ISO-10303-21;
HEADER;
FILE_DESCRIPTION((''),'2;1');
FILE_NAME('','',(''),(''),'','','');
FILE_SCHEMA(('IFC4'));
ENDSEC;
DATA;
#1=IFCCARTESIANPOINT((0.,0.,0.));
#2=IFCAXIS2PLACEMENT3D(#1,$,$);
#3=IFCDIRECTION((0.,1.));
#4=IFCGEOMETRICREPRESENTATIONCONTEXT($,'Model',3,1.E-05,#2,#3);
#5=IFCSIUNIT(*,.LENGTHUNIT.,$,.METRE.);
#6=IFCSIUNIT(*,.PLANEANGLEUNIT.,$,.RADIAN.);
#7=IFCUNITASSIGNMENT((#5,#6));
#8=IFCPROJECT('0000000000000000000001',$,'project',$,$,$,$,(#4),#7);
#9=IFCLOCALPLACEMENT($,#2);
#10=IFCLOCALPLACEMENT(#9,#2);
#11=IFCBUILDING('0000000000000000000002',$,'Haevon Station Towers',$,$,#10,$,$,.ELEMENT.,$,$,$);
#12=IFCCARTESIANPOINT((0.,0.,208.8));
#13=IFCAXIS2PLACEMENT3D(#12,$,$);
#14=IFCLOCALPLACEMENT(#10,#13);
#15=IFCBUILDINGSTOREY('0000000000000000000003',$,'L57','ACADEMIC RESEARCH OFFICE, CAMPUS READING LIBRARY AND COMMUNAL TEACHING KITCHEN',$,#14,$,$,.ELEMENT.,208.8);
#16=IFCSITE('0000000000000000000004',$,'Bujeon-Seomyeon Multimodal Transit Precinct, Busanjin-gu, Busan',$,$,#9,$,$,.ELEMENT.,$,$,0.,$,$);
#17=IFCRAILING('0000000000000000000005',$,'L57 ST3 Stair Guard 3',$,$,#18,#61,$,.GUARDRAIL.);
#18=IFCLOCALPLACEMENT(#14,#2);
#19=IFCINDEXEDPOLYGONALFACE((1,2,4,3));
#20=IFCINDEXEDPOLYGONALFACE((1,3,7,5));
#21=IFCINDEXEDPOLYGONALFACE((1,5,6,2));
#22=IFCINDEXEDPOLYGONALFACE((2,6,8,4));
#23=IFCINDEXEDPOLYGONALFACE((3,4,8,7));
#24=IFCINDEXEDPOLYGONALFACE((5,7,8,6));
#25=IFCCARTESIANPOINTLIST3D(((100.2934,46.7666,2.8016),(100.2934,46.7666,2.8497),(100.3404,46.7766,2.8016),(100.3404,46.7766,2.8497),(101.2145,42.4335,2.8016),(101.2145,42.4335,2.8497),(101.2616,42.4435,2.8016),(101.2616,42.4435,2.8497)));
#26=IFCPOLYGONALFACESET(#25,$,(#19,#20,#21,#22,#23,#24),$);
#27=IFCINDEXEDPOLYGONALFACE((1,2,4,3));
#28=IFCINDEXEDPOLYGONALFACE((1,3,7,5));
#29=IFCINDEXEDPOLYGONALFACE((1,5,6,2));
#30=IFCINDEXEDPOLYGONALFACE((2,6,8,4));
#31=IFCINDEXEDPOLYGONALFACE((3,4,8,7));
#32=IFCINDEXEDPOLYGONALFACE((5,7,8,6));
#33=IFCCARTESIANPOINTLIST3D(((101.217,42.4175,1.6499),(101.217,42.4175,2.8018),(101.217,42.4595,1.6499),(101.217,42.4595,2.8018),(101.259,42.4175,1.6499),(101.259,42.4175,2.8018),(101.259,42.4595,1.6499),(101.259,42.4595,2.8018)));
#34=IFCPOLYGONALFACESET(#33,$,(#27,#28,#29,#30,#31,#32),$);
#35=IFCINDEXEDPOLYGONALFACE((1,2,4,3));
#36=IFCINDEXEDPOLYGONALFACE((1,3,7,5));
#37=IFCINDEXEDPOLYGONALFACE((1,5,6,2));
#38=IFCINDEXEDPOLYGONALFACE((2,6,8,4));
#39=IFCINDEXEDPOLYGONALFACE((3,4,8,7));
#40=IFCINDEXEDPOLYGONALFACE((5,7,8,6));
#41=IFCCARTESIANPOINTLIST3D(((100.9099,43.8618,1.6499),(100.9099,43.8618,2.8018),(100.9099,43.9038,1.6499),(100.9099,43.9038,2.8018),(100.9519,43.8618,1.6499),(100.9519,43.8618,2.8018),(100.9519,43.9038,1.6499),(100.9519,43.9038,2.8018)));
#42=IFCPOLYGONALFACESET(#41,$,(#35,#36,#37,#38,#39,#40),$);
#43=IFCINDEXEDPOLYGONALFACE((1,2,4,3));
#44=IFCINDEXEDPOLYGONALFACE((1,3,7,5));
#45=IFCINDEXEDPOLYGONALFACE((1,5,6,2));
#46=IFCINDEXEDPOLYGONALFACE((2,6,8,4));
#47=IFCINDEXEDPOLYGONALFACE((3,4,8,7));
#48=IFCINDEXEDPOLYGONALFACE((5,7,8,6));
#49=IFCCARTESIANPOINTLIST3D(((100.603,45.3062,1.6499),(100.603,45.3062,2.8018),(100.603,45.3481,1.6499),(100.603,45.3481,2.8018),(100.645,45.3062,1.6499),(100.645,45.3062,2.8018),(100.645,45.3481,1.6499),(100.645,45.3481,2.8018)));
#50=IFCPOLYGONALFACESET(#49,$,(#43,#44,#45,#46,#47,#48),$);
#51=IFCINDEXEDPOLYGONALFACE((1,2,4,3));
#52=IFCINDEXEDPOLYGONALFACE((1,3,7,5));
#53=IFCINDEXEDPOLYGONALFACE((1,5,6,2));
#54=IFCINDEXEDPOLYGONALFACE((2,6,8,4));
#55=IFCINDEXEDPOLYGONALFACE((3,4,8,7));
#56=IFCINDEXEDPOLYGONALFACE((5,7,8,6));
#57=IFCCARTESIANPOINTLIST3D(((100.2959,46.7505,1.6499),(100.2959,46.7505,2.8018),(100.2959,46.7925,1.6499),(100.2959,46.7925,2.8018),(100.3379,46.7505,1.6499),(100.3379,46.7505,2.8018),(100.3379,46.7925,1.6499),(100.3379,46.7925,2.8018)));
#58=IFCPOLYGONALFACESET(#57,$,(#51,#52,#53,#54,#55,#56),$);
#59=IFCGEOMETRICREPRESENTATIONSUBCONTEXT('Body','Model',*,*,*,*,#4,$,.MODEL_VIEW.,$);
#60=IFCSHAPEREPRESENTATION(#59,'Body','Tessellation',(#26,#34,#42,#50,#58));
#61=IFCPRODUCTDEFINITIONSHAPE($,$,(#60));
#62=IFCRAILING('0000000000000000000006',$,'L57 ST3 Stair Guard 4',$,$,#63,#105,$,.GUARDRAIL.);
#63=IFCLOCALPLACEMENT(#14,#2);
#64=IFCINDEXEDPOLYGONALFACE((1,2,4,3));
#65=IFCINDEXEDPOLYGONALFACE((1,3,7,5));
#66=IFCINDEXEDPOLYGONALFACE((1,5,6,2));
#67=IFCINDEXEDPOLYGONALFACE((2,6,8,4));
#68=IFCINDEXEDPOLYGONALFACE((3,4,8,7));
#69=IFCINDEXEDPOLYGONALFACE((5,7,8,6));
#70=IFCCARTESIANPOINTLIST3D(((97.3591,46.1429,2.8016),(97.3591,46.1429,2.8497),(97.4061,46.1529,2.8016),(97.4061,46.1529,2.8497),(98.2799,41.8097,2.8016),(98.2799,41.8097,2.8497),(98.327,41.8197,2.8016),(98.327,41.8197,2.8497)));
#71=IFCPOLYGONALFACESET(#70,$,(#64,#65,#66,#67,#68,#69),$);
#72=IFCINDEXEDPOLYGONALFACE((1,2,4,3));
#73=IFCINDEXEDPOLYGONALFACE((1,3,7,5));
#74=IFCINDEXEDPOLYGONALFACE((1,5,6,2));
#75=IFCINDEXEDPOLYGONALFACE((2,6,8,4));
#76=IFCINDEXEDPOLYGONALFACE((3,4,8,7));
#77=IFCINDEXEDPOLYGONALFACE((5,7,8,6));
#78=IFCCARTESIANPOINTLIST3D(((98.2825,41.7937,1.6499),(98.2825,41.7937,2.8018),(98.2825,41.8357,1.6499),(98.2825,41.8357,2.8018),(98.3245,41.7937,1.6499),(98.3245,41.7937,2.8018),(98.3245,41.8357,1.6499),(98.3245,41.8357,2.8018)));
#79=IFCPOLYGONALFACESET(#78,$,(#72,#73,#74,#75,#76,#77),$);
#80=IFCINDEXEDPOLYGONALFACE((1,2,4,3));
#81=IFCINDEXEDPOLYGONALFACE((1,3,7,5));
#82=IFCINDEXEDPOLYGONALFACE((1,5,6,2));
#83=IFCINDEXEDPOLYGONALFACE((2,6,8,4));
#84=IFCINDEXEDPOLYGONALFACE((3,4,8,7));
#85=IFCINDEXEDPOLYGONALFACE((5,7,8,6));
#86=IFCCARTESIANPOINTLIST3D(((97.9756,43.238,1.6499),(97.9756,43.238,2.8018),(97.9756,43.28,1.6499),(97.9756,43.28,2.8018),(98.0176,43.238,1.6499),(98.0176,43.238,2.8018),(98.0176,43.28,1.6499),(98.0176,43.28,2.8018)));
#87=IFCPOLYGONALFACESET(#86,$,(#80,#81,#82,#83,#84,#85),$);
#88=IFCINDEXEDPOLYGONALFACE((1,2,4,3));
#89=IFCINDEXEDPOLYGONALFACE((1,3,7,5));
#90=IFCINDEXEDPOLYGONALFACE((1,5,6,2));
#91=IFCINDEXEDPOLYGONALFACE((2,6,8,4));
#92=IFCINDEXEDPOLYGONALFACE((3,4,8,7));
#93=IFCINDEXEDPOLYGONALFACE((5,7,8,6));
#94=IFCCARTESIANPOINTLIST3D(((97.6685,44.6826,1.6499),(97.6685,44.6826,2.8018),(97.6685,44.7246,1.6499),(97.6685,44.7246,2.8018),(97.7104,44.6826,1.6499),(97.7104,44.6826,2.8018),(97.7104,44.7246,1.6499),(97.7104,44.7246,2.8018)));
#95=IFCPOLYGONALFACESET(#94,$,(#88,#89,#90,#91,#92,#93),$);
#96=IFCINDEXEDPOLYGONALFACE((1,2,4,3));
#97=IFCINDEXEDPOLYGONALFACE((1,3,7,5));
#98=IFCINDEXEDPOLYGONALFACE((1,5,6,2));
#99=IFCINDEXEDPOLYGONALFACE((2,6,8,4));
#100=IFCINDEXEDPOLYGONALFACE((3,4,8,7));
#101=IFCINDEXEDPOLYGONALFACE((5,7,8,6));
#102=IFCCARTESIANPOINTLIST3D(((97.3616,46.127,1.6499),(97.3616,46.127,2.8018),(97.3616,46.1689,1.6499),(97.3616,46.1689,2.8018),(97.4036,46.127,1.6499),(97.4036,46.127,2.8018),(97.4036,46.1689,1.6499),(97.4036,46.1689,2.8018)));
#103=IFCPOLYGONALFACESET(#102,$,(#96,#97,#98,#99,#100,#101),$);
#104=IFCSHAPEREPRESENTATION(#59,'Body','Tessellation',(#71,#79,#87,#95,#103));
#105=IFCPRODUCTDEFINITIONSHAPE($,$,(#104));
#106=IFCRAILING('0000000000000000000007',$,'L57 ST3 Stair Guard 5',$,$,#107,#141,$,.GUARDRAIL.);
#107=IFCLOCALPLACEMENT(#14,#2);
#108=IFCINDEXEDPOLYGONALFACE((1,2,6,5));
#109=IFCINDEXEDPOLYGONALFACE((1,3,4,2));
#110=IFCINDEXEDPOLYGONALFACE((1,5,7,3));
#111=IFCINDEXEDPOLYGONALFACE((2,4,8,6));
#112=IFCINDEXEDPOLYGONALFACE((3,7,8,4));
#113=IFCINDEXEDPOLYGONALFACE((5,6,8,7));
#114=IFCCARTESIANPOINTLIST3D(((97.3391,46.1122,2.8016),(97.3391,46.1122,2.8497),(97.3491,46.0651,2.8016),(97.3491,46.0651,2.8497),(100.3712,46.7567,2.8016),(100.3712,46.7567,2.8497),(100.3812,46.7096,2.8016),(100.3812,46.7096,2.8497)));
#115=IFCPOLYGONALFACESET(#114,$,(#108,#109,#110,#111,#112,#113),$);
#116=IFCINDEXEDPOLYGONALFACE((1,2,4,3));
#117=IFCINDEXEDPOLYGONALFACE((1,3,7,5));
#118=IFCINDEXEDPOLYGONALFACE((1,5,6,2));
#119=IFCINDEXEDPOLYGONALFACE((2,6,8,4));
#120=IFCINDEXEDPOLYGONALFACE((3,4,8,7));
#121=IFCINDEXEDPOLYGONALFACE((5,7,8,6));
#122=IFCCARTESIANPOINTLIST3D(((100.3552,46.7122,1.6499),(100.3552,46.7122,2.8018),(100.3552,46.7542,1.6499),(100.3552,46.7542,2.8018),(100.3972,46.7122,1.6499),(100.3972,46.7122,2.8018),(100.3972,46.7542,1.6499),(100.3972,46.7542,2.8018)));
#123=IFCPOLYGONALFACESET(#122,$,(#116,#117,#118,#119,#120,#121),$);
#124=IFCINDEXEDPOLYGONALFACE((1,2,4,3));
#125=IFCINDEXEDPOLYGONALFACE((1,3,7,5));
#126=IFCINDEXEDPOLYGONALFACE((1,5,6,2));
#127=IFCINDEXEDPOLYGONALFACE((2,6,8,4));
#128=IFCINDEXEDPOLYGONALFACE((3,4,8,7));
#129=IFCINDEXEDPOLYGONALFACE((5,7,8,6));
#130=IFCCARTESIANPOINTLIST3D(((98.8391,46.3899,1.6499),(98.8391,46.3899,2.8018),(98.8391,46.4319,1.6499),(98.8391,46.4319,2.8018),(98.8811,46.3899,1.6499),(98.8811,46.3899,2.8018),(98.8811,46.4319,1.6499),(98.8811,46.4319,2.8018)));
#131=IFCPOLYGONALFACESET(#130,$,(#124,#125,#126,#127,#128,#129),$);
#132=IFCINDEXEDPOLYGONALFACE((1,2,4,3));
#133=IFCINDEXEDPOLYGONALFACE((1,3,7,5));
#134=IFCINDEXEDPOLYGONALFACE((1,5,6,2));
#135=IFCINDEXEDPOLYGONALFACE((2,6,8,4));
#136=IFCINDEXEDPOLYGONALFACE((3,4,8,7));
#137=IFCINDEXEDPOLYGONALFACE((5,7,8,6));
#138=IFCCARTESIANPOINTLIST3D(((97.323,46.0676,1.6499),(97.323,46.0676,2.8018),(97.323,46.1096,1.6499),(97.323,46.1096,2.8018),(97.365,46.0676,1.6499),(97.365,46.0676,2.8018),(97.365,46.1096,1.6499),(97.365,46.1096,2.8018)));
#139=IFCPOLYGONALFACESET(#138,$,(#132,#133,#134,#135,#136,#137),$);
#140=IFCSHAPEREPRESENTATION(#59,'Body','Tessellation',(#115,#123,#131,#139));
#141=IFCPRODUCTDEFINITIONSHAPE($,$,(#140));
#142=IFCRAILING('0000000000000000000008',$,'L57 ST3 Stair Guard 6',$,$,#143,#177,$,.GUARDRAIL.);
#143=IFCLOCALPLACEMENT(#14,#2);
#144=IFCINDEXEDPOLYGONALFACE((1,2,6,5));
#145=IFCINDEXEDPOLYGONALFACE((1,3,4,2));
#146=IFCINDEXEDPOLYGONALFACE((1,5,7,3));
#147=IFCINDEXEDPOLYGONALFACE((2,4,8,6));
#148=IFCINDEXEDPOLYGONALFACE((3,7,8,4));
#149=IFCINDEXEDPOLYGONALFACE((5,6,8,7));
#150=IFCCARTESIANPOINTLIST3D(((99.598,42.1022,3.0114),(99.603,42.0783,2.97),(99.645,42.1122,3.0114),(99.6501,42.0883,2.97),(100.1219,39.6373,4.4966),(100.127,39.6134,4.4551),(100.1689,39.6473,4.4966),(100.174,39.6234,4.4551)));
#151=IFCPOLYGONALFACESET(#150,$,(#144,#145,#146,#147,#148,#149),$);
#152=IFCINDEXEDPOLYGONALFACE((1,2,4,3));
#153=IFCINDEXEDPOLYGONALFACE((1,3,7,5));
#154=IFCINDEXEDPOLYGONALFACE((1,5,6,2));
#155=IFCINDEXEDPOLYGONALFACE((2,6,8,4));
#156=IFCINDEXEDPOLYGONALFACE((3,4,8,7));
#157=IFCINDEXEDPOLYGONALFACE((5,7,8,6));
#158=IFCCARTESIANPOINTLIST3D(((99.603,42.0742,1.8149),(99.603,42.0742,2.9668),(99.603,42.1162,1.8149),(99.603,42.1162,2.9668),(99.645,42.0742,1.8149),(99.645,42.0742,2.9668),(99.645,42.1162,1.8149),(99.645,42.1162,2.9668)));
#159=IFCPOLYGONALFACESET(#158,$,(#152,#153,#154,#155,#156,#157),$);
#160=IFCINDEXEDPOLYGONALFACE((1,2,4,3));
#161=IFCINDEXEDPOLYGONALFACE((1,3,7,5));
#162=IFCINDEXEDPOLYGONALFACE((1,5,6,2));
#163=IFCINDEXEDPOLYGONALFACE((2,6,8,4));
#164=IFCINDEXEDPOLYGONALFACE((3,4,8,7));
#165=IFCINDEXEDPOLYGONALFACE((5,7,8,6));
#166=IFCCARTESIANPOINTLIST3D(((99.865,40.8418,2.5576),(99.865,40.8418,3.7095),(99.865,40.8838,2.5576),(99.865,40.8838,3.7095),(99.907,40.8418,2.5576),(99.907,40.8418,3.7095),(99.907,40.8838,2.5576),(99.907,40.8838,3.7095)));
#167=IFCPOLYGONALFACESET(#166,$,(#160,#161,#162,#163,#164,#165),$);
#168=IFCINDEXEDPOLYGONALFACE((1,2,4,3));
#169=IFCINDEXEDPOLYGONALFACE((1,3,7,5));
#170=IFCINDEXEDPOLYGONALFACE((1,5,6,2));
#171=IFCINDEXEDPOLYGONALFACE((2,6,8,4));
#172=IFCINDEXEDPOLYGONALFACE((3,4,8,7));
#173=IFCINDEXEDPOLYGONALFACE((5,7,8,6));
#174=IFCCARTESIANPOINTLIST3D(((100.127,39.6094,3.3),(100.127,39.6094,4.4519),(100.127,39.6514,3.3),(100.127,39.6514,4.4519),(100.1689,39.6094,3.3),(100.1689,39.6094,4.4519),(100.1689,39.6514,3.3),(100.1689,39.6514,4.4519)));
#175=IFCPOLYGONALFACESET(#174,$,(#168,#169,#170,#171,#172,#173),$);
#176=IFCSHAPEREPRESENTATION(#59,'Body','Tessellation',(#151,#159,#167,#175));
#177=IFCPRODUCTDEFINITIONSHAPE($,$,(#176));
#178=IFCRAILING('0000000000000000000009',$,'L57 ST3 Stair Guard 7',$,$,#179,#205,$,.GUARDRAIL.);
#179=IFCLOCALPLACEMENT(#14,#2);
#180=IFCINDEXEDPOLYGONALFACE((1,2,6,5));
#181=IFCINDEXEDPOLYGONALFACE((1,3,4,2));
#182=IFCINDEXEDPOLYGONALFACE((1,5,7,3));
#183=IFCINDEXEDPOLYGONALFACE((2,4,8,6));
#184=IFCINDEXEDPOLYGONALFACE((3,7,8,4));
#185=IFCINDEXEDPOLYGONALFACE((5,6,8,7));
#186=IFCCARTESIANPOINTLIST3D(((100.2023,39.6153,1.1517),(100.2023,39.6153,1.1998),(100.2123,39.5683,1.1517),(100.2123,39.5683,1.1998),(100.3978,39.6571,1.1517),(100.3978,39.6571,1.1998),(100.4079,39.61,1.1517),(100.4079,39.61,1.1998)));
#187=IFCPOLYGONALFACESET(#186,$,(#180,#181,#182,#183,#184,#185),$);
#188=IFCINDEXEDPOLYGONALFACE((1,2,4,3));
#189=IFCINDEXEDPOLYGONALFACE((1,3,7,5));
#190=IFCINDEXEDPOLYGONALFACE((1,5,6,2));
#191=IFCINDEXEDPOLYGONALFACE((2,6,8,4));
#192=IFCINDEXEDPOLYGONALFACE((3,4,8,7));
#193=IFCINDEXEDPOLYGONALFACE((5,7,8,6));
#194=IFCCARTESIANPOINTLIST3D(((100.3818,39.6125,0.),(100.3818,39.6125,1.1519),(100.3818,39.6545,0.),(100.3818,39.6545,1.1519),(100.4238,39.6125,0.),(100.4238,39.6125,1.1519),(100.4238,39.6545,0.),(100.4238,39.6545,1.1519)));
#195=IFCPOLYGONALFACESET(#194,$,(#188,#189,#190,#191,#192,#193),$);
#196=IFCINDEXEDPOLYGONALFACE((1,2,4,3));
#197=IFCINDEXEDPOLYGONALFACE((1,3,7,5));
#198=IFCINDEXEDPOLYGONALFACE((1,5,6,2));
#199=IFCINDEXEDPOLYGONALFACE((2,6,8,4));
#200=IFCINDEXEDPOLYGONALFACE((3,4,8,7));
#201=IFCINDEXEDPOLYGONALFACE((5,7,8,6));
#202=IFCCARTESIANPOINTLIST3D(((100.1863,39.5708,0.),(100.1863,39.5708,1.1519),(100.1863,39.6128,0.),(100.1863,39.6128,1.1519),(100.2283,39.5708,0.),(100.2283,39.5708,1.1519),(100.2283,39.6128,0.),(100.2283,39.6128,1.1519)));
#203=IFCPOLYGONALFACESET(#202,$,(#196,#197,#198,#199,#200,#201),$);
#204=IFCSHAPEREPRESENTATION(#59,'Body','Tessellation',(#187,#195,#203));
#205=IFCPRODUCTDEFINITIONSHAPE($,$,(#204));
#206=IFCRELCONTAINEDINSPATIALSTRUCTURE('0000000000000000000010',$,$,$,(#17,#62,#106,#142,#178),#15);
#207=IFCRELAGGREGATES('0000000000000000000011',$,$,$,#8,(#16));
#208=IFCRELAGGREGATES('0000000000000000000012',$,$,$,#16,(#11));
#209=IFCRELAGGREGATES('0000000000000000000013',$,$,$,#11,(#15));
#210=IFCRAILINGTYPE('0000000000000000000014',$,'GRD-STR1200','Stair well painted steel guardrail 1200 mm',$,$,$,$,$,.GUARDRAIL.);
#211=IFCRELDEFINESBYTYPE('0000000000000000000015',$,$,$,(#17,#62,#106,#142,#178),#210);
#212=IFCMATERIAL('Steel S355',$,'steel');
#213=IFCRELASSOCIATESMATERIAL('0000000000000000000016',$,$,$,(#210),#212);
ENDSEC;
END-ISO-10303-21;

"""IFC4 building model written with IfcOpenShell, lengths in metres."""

from ifc_helpers import new_model, si_unit, direction, frame, origin, origin_2d, place, context, subcontext, project, spatial, rectangle, extrude, material, type_object, element, save


model = new_model("IFC4")

# Units and contexts
model_context = context("Model", 3, precision=1e-05, world=origin(), true_north=direction((0.0, 1.0)))
body_context = subcontext(model_context, "Body", "Model", "MODEL_VIEW")
ifc_project = project(units=[si_unit("LENGTHUNIT", "METRE"), si_unit("PLANEANGLEUNIT", "RADIAN")], contexts=[model_context])

# Site, building, storey
site_placement = place(None, origin())
site = spatial("IfcSite", under=ifc_project, at=site_placement, Name="Bujeon-Seomyeon Multimodal Transit Precinct, Busanjin-gu, Busan", CompositionType="ELEMENT", RefElevation=0.0)
building_placement = place(site_placement, origin())
building = spatial("IfcBuilding", under=site, at=building_placement, Name="Haevon Station Towers", CompositionType="ELEMENT")
storey_placement = place(building_placement, frame((0.0, 0.0, 208.8)))
storey = spatial("IfcBuildingStorey", under=building, at=storey_placement, Name="L57", Description="ACADEMIC RESEARCH OFFICE, CAMPUS READING LIBRARY AND COMMUNAL TEACHING KITCHEN", CompositionType="ELEMENT", Elevation=208.8)

# Shared definitions
ifc_material_1 = material(Name="Steel S355", Category="steel")

# Railings
railing_type_1 = type_object("IfcRailingType", Name="GRD-STR1200", Description="Stair well painted steel guardrail 1200 mm", PredefinedType="GUARDRAIL", material=ifc_material_1)
railing_1_placement = place(storey_placement, frame((101.238, 42.4385, 1.6499)))
element("IfcRailing", 1, at=railing_1_placement, inside=storey, type_object=railing_type_1, Name="L57 ST3 Stair Guard 3", PredefinedType="GUARDRAIL", context=body_context, shape_type="SweptSolid", body=[
    extrude(rectangle(XDim=0.0481, YDim=0.0481, at=origin_2d()), frame((0.0, 0.0, 1.1758), z_axis=(-0.20794, 0.978141, 0.0), x_axis=(-0.978141, -0.20794, 0.0)), (0.0, 0.0, 1.0), 4.4299),
    extrude(rectangle(XDim=0.042, YDim=0.042, at=origin_2d()), origin(), (0.0, 0.0, 1.0), 1.1519),
    extrude(rectangle(XDim=0.042, YDim=0.042, at=origin_2d()), frame((-0.3071, 1.4443, 0.0)), (0.0, 0.0, 1.0), 1.1519),
    extrude(rectangle(XDim=0.042, YDim=0.042, at=origin_2d()), frame((-0.614, 2.8887, 0.0)), (0.0, 0.0, 1.0), 1.1519),
    extrude(rectangle(XDim=0.042, YDim=0.042, at=origin_2d()), frame((-0.9211, 4.333, 0.0)), (0.0, 0.0, 1.0), 1.1519),
])
railing_2_placement = place(storey_placement, frame((98.3035, 41.8147, 1.6499)))
element("IfcRailing", 2, at=railing_2_placement, inside=storey, type_object=railing_type_1, Name="L57 ST3 Stair Guard 4", PredefinedType="GUARDRAIL", context=body_context, shape_type="SweptSolid", body=[
    extrude(rectangle(XDim=0.0481, YDim=0.0481, at=origin_2d()), frame((0.0, 0.0, 1.1758), z_axis=(-0.207877, 0.978155, 0.0), x_axis=(-0.978155, -0.207877, 0.0)), (0.0, 0.0, 1.0), 4.4299),
    extrude(rectangle(XDim=0.042, YDim=0.042, at=origin_2d()), origin(), (0.0, 0.0, 1.0), 1.1519),
    extrude(rectangle(XDim=0.042, YDim=0.042, at=origin_2d()), frame((-0.3069, 1.4443, 0.0)), (0.0, 0.0, 1.0), 1.1519),
    extrude(rectangle(XDim=0.042, YDim=0.042, at=origin_2d()), frame((-0.614, 2.8889, 0.0)), (0.0, 0.0, 1.0), 1.1519),
    extrude(rectangle(XDim=0.042, YDim=0.042, at=origin_2d()), frame((-0.9209, 4.3333, 0.0)), (0.0, 0.0, 1.0), 1.1519),
])
railing_3_placement = place(storey_placement, frame((100.3762, 46.7332, 1.6499)))
element("IfcRailing", 3, at=railing_3_placement, inside=storey, type_object=railing_type_1, Name="L57 ST3 Stair Guard 5", PredefinedType="GUARDRAIL", context=body_context, shape_type="SweptSolid", body=[
    extrude(rectangle(XDim=0.0481, YDim=0.0481, at=origin_2d()), frame((0.0, 0.0, 1.1758), z_axis=(-0.978147, -0.207915, 0.0), x_axis=(0.207915, -0.978147, 0.0)), (0.0, 0.0, 1.0), 3.0999),
    extrude(rectangle(XDim=0.042, YDim=0.042, at=origin_2d()), origin(), (0.0, 0.0, 1.0), 1.1519),
    extrude(rectangle(XDim=0.042, YDim=0.042, at=origin_2d()), frame((-1.5161, -0.3223, 0.0)), (0.0, 0.0, 1.0), 1.1519),
    extrude(rectangle(XDim=0.042, YDim=0.042, at=origin_2d()), frame((-3.0322, -0.6445, 0.0)), (0.0, 0.0, 1.0), 1.1519),
])
railing_4_placement = place(storey_placement, frame((99.624, 42.0952, 1.8149)))
element("IfcRailing", 4, at=railing_4_placement, inside=storey, type_object=railing_type_1, Name="L57 ST3 Stair Guard 6", PredefinedType="GUARDRAIL", context=body_context, shape_type="SweptSolid", body=[
    extrude(rectangle(XDim=0.0481, YDim=0.0481, at=origin_2d()), frame((0.0, 0.0, 1.1758), z_axis=(0.179121, -0.842688, 0.507733), x_axis=(0.978147, 0.207914, 0.0)), (0.0, 0.0, 1.0), 2.925),
    extrude(rectangle(XDim=0.042, YDim=0.042, at=origin_2d()), origin(), (0.0, 0.0, 1.0), 1.1519),
    extrude(rectangle(XDim=0.042, YDim=0.042, at=origin_2d()), frame((0.262, -1.2324, 0.7427)), (0.0, 0.0, 1.0), 1.1519),
    extrude(rectangle(XDim=0.042, YDim=0.042, at=origin_2d()), frame((0.5239, -2.4648, 1.4851)), (0.0, 0.0, 1.0), 1.1519),
])
railing_5_placement = place(storey_placement, frame((100.4028, 39.6335, 0.0)))
element("IfcRailing", 5, at=railing_5_placement, inside=storey, type_object=railing_type_1, Name="L57 ST3 Stair Guard 7", PredefinedType="GUARDRAIL", context=body_context, shape_type="SweptSolid", body=[
    extrude(rectangle(XDim=0.0481, YDim=0.0481, at=origin_2d()), frame((0.0, 0.0, 1.1758), z_axis=(-0.977963, -0.208779, 0.0), x_axis=(0.208779, -0.977963, 0.0)), (0.0, 0.0, 1.0), 0.2),
    extrude(rectangle(XDim=0.042, YDim=0.042, at=origin_2d()), origin(), (0.0, 0.0, 1.0), 1.1519),
    extrude(rectangle(XDim=0.042, YDim=0.042, at=origin_2d()), frame((-0.1956, -0.0417, 0.0)), (0.0, 0.0, 1.0), 1.1519),
])

save(model, "model.ifc")
